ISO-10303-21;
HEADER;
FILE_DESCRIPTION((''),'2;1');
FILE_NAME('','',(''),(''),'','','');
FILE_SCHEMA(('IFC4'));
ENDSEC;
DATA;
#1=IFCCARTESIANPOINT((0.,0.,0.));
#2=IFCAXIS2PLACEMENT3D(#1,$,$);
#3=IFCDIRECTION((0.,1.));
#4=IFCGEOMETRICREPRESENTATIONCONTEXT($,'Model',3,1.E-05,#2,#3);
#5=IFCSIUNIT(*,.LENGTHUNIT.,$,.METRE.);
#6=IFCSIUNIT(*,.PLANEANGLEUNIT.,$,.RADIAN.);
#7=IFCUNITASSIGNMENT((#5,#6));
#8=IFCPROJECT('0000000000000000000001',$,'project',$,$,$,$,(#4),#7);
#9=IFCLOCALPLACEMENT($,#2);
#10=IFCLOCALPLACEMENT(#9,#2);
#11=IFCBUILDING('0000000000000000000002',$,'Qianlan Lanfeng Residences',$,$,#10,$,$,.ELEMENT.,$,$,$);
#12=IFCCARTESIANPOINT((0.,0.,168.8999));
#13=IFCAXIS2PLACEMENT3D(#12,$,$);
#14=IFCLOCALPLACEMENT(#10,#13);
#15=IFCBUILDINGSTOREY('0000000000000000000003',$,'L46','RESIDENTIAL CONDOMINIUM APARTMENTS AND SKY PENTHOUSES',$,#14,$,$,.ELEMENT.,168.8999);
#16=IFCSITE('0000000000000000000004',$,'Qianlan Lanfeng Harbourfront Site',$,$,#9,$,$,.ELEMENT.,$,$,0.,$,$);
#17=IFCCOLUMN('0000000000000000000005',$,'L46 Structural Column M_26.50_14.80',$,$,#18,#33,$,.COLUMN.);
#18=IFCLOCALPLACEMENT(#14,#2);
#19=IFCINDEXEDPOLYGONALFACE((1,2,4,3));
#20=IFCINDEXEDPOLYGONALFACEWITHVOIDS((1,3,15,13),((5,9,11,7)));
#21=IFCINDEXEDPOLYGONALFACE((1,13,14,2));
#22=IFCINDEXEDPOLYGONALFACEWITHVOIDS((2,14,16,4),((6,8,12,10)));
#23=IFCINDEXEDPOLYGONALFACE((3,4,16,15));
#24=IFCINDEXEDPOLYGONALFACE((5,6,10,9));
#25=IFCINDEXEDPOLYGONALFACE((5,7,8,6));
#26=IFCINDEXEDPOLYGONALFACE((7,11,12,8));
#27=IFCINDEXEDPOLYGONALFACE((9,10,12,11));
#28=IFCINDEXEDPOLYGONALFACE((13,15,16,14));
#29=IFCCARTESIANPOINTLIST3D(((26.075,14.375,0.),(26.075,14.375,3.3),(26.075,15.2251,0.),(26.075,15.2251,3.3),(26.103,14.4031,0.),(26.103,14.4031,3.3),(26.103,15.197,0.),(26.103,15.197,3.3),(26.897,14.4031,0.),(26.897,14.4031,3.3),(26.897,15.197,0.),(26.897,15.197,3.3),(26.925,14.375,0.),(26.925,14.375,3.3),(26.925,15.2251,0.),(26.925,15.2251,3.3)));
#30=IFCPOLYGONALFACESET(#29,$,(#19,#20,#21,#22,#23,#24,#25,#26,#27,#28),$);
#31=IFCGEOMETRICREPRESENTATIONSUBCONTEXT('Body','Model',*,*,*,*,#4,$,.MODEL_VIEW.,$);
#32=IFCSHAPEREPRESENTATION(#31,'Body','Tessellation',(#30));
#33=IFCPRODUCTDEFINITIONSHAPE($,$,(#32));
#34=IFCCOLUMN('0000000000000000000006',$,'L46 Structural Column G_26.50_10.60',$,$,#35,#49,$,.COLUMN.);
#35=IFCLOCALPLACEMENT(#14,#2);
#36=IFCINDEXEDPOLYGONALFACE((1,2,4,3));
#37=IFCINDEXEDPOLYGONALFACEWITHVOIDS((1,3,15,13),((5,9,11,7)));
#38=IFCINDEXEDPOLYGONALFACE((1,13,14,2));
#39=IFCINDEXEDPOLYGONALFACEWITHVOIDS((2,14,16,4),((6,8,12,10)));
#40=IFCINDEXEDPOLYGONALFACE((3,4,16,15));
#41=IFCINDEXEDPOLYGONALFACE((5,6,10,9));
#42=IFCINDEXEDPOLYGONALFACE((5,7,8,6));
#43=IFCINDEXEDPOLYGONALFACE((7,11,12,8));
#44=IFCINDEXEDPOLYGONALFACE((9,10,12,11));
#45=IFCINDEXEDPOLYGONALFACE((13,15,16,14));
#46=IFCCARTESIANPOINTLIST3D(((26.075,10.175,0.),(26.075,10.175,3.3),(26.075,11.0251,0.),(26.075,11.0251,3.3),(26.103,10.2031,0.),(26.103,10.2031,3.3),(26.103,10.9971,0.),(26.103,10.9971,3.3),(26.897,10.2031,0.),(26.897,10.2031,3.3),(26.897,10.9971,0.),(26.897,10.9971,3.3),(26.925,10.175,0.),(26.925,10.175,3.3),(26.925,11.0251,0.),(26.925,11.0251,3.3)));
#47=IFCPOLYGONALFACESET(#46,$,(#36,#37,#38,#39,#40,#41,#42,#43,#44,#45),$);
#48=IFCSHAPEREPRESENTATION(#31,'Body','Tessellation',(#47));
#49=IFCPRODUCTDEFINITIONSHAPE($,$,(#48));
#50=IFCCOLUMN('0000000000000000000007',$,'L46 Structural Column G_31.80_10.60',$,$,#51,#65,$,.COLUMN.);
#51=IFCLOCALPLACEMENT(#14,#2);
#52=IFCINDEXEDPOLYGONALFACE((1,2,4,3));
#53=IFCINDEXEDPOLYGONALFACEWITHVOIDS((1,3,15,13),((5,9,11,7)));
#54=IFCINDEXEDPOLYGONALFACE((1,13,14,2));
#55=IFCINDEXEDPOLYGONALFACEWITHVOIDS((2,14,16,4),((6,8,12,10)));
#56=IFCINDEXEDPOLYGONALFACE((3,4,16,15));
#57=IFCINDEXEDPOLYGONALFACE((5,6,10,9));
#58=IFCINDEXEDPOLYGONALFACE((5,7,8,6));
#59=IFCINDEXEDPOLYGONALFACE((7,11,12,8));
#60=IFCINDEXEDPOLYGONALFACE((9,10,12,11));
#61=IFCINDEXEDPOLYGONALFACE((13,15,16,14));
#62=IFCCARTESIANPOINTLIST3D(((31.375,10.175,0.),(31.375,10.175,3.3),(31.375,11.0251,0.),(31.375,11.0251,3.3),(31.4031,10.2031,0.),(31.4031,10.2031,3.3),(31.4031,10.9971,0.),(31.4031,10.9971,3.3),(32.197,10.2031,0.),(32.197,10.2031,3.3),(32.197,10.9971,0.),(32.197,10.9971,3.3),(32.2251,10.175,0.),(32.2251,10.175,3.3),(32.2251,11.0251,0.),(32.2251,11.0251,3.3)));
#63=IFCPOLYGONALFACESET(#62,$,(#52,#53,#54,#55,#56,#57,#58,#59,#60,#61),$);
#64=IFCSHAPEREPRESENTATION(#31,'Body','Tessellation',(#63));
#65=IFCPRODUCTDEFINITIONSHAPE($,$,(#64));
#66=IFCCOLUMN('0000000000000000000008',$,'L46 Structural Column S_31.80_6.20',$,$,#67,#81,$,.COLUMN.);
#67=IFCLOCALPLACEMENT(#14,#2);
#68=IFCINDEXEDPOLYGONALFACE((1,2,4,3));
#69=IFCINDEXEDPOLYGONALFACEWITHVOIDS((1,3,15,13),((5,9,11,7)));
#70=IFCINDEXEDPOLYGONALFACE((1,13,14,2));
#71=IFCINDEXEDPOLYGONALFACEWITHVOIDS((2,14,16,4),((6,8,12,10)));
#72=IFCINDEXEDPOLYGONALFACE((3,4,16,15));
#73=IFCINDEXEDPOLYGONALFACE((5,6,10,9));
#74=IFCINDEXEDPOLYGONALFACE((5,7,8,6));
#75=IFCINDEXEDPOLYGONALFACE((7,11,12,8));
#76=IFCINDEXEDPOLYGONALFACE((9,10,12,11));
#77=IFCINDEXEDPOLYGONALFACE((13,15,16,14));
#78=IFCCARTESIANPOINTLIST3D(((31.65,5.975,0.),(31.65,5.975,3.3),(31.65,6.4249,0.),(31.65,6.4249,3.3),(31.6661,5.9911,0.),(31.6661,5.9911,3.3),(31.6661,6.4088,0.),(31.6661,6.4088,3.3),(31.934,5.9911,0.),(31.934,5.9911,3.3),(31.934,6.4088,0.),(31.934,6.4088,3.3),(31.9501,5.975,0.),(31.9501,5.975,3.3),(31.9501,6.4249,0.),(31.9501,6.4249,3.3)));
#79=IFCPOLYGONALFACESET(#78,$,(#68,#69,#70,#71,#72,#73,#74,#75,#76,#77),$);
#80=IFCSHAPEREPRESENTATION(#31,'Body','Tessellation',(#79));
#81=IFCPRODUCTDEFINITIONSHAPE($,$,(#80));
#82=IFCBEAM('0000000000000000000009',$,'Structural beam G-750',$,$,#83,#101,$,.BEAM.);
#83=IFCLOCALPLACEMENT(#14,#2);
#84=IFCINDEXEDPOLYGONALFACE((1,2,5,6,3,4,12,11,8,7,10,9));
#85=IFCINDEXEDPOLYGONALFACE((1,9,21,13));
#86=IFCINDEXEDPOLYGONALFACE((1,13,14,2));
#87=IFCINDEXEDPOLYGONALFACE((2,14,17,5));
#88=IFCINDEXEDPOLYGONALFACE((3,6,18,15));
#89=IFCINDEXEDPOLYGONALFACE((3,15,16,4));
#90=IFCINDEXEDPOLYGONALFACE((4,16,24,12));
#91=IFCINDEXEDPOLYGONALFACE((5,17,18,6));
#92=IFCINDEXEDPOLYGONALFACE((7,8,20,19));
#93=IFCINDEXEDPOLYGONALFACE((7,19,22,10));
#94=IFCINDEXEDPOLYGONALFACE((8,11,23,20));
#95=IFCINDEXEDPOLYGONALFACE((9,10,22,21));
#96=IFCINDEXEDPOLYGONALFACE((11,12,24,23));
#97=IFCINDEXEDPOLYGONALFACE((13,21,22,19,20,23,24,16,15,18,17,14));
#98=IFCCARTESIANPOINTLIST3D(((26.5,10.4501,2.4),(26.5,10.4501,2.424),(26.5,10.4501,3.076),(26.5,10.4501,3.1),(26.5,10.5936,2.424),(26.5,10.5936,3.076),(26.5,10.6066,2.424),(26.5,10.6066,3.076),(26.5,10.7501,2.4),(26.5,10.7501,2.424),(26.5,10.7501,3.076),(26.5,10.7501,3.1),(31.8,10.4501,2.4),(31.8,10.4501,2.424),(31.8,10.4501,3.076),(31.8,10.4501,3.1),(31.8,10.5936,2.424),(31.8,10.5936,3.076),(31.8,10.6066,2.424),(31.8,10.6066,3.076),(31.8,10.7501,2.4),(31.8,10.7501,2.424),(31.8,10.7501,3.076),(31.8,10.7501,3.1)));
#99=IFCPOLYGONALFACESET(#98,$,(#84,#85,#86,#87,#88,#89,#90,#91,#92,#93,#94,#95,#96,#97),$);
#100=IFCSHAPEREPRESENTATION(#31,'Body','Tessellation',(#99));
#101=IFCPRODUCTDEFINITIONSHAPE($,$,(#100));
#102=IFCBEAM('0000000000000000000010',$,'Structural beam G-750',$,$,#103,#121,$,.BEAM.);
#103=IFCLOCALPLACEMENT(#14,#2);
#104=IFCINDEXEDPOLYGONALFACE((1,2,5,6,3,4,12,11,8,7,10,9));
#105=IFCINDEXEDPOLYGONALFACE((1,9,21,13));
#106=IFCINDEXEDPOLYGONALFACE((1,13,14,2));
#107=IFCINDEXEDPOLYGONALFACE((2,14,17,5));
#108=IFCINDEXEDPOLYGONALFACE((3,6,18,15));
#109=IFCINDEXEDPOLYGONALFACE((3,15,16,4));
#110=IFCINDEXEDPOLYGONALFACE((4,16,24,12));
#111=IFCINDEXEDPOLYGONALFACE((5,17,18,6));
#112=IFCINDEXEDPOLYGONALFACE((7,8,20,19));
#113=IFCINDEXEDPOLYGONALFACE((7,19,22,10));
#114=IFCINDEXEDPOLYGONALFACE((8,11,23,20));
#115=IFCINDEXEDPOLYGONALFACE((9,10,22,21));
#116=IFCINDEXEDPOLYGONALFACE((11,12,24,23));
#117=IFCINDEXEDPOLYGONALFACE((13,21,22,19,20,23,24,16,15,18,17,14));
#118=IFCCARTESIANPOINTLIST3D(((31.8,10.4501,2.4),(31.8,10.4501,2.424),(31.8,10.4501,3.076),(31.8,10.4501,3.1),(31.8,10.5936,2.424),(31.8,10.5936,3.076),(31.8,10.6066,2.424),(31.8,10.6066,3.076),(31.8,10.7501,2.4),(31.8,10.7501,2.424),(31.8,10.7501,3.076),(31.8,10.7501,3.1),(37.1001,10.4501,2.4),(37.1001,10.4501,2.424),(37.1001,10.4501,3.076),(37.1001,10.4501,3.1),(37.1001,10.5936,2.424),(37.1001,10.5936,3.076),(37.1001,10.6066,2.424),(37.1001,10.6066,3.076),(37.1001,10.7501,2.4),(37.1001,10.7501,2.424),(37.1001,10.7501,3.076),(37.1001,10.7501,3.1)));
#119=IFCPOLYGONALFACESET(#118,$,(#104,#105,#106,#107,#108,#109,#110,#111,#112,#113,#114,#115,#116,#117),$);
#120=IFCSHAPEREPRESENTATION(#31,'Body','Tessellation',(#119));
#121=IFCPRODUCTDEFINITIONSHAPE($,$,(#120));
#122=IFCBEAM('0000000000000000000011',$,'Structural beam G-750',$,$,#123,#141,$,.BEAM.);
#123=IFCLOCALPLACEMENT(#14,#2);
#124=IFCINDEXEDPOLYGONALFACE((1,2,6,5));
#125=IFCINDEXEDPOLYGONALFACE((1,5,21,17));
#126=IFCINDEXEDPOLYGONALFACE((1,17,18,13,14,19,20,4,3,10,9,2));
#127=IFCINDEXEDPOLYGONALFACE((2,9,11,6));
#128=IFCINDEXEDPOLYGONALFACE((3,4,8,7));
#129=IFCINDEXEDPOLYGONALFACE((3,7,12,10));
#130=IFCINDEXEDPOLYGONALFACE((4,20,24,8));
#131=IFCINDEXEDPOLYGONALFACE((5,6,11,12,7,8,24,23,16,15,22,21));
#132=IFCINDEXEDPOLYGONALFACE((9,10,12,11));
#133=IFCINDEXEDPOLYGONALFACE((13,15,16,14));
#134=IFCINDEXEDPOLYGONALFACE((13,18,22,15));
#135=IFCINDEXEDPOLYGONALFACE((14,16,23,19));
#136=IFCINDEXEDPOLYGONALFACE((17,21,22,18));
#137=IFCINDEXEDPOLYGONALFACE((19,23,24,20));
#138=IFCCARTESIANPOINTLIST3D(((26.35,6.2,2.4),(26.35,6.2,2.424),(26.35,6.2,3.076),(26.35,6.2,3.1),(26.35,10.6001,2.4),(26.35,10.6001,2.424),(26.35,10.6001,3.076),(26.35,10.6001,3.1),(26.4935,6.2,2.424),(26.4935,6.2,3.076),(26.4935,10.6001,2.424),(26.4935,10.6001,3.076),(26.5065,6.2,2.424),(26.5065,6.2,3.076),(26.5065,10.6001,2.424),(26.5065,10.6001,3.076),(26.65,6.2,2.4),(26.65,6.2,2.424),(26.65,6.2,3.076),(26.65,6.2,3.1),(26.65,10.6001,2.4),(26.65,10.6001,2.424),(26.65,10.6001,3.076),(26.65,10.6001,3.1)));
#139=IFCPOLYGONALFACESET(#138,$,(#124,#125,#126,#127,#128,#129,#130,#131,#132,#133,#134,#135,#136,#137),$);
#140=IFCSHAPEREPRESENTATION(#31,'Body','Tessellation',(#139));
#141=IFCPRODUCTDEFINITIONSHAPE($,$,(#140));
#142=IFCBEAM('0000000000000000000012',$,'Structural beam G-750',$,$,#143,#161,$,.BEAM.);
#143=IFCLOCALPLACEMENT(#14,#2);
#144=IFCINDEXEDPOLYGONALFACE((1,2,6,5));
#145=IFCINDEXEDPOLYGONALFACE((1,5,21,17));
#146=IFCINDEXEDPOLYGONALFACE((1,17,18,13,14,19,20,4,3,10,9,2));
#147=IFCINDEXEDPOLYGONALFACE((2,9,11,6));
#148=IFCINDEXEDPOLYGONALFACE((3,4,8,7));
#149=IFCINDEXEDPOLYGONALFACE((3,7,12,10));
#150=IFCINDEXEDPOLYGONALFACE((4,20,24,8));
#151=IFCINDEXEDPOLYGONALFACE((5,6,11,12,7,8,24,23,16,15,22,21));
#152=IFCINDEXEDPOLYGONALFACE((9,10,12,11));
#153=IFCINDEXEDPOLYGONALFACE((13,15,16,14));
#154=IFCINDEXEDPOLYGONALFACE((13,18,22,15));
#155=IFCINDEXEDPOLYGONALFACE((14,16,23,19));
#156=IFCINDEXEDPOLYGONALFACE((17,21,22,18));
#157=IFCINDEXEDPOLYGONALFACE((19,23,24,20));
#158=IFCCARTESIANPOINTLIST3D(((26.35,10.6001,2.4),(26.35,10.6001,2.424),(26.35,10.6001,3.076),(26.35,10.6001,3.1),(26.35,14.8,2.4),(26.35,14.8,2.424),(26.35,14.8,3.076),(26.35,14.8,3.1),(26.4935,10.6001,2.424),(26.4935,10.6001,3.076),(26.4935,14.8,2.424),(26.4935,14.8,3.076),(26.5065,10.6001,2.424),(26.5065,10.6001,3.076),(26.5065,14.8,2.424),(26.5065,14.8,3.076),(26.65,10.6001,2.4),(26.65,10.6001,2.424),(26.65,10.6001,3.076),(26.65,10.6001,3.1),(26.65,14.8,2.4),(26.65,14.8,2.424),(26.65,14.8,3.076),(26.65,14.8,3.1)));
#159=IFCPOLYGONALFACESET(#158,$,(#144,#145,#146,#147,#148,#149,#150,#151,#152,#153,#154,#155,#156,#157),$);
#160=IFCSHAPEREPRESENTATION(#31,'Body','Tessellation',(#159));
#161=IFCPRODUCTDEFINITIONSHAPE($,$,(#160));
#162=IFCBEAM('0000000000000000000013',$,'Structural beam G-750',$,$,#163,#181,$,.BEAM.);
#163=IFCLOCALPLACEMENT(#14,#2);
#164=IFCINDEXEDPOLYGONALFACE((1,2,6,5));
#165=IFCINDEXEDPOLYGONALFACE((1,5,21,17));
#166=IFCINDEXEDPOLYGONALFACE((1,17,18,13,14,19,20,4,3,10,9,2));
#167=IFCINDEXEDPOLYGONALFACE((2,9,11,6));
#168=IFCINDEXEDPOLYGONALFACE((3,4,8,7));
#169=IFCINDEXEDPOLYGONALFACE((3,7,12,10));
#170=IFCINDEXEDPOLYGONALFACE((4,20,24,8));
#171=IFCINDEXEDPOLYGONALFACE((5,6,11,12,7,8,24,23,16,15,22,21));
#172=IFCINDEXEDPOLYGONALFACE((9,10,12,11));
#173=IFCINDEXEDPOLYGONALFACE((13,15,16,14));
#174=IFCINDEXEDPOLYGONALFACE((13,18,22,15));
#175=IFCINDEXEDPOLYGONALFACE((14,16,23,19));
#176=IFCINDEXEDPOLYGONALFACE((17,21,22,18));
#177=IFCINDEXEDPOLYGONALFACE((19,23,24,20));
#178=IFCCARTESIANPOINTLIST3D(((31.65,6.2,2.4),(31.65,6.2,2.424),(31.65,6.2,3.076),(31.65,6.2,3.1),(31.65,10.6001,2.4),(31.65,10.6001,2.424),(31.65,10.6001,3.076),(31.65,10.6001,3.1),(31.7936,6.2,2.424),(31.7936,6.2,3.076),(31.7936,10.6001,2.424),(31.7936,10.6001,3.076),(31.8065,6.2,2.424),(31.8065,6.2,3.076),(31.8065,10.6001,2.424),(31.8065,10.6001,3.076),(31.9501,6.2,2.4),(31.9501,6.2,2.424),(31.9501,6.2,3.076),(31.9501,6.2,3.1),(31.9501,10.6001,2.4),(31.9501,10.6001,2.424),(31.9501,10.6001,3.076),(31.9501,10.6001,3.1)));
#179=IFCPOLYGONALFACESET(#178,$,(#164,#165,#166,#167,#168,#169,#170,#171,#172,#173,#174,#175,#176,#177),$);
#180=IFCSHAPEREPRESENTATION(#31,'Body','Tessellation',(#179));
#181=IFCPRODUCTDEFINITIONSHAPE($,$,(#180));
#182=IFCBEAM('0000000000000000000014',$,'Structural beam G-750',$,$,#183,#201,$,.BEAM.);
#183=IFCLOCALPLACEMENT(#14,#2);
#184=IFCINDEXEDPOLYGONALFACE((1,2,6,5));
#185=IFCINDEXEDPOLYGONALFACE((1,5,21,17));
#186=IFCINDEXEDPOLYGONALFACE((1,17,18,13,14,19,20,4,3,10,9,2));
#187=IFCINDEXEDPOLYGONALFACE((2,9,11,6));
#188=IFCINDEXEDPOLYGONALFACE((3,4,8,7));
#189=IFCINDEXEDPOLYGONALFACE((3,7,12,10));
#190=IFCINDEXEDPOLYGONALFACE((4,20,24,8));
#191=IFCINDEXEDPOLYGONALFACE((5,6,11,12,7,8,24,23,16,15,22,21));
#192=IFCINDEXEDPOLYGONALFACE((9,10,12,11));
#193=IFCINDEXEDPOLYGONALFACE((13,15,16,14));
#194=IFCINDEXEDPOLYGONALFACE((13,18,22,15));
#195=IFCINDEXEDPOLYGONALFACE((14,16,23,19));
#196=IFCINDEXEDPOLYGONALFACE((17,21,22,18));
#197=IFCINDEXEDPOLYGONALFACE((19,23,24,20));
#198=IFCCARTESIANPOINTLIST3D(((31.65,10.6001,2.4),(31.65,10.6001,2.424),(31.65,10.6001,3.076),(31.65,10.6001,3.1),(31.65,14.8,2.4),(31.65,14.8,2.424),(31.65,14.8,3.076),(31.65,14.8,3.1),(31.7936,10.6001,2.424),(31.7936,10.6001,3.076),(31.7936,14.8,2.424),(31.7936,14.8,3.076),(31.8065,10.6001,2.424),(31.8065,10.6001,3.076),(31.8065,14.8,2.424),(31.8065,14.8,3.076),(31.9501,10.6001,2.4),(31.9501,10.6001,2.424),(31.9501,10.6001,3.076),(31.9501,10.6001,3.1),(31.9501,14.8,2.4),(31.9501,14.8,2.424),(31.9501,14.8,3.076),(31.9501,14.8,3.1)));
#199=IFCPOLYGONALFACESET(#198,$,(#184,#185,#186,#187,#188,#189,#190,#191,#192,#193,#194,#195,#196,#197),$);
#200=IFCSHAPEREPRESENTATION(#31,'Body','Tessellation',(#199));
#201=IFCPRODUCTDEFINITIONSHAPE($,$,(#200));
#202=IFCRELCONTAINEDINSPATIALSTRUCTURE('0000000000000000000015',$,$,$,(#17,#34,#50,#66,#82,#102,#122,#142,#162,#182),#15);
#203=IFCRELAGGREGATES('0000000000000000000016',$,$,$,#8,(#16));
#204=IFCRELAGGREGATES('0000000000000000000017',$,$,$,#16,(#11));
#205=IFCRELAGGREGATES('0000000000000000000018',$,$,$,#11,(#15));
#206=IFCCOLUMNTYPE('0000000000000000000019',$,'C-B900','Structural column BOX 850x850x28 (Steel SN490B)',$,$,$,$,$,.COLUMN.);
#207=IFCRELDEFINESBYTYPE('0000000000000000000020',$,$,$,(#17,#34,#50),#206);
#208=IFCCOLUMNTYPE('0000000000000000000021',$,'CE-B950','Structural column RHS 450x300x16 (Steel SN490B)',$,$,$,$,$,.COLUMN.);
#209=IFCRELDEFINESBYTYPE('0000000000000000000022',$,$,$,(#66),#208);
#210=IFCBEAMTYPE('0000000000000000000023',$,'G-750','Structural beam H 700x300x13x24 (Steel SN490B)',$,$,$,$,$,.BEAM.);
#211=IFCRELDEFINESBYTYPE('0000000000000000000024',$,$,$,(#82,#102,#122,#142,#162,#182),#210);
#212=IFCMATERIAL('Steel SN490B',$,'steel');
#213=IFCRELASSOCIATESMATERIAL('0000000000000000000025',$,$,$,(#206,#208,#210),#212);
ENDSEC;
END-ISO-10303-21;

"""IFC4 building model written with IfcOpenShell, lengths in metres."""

from ifc_helpers import new_model, si_unit, direction, frame, origin, origin_2d, place, context, subcontext, project, spatial, hollow_rectangle, i_section, extrude, material, material_profile, profile_set, type_object, element, save


model = new_model("IFC4")

# Units and contexts
model_context = context("Model", 3, precision=1e-05, world=origin(), true_north=direction((0.0, 1.0)))
body_context = subcontext(model_context, "Body", "Model", "MODEL_VIEW")
ifc_project = project(units=[si_unit("LENGTHUNIT", "METRE"), si_unit("PLANEANGLEUNIT", "RADIAN")], contexts=[model_context])

# Site, building, storey
site_placement = place(None, origin())
site = spatial("IfcSite", under=ifc_project, at=site_placement, Name="Qianlan Lanfeng Harbourfront Site", CompositionType="ELEMENT", RefElevation=0.0)
building_placement = place(site_placement, origin())
building = spatial("IfcBuilding", under=site, at=building_placement, Name="Qianlan Lanfeng Residences", CompositionType="ELEMENT")
storey_placement = place(building_placement, frame((0.0, 0.0, 168.8999)))
storey = spatial("IfcBuildingStorey", under=building, at=storey_placement, Name="L46", Description="RESIDENTIAL CONDOMINIUM APARTMENTS AND SKY PENTHOUSES", CompositionType="ELEMENT", Elevation=168.8999)

# Columns
ifc_material_1 = material(Name="Steel SN490B", Category="steel")
ifc_material_profile_1 = material_profile(ifc_material_1, hollow_rectangle(XDim=0.8501, YDim=0.8501, WallThickness=0.0281, at=origin_2d()), Name="BOX 850x850x28")
ifc_profile_set_1 = profile_set([ifc_material_profile_1], Name="Steel SN490B")
column_type_1 = type_object("IfcColumnType", Name="C-B900", Description="Structural column BOX 850x850x28 (Steel SN490B)", PredefinedType="COLUMN", material=ifc_profile_set_1)
for number, where, z_axis, x_axis, name in (
    (1, (26.5, 14.8, 0.0), (0.0, 0.0, 1.0), (1.0, 0.0, 0.0), "L46 Structural Column M_26.50_14.80"),
    (2, (26.5, 10.6001, 0.0), (0.0, 0.0, 1.0), (1.0, 0.0, 0.0), "L46 Structural Column G_26.50_10.60"),
    (3, (31.8, 10.6001, 0.0), (0.0, 0.0, 1.0), (1.0, 0.0, 0.0), "L46 Structural Column G_31.80_10.60"),
):
    element("IfcColumn", number, at=place(storey_placement, frame(where, z_axis=z_axis, x_axis=x_axis)), inside=storey, type_object=column_type_1, Name=name, PredefinedType="COLUMN", context=body_context, shape_type="SweptSolid", body=[
        extrude(hollow_rectangle(XDim=0.8501, YDim=0.8501, WallThickness=0.0281, at=origin_2d()), origin(), (0.0, 0.0, 1.0), 3.3),
    ])
ifc_material_profile_2 = material_profile(ifc_material_1, hollow_rectangle(XDim=0.3, YDim=0.45, WallThickness=0.0161, at=origin_2d()), Name="RHS 450x300x16")
ifc_profile_set_2 = profile_set([ifc_material_profile_2], Name="Steel SN490B")
column_type_2 = type_object("IfcColumnType", Name="CE-B950", Description="Structural column RHS 450x300x16 (Steel SN490B)", PredefinedType="COLUMN", material=ifc_profile_set_2)
column_placement = place(storey_placement, frame((31.8, 6.2, 0.0), z_axis=(0.0, 0.0, 1.0), x_axis=(1.0, 0.0, 0.0)))
element("IfcColumn", 4, at=column_placement, inside=storey, type_object=column_type_2, Name="L46 Structural Column S_31.80_6.20", PredefinedType="COLUMN", context=body_context, shape_type="SweptSolid", body=[
    extrude(hollow_rectangle(XDim=0.3, YDim=0.45, WallThickness=0.0161, at=origin_2d()), origin(), (0.0, 0.0, 1.0), 3.3),
])

# Beams
ifc_material_profile_3 = material_profile(ifc_material_1, i_section(OverallWidth=0.3, OverallDepth=0.7, WebThickness=0.0129, FlangeThickness=0.0239, at=origin_2d()), Name="H 700x300x13x24")
ifc_profile_set_3 = profile_set([ifc_material_profile_3], Name="Steel SN490B")
beam_type_1 = type_object("IfcBeamType", Name="G-750", Description="Structural beam H 700x300x13x24 (Steel SN490B)", PredefinedType="BEAM", material=ifc_profile_set_3)
for number, where, z_axis, x_axis, name in (
    (5, (26.5, 10.6001, 2.75), (1.0, 0.0, 0.0), (0.0, 1.0, 0.0), "Structural beam G-750"),
    (6, (31.8, 10.6001, 2.75), (1.0, 0.0, 0.0), (0.0, 1.0, 0.0), "Structural beam G-750"),
):
    element("IfcBeam", number, at=place(storey_placement, frame(where, z_axis=z_axis, x_axis=x_axis)), inside=storey, type_object=beam_type_1, Name=name, PredefinedType="BEAM", context=body_context, shape_type="SweptSolid", body=[
        extrude(i_section(OverallWidth=0.3, OverallDepth=0.7, WebThickness=0.0129, FlangeThickness=0.0239, at=origin_2d()), origin(), (0.0, 0.0, 1.0), 5.3),
    ])
beam_1_placement = place(storey_placement, frame((26.5, 6.2, 2.75), z_axis=(0.0, 1.0, 0.0), x_axis=(-1.0, 0.0, 0.0)))
element("IfcBeam", 7, at=beam_1_placement, inside=storey, type_object=beam_type_1, Name="Structural beam G-750", PredefinedType="BEAM", context=body_context, shape_type="SweptSolid", body=[
    extrude(i_section(OverallWidth=0.3, OverallDepth=0.7, WebThickness=0.0129, FlangeThickness=0.0239, at=origin_2d()), origin(), (0.0, 0.0, 1.0), 4.4001),
])
beam_2_placement = place(storey_placement, frame((26.5, 10.6001, 2.75), z_axis=(0.0, 1.0, 0.0), x_axis=(-1.0, 0.0, 0.0)))
element("IfcBeam", 8, at=beam_2_placement, inside=storey, type_object=beam_type_1, Name="Structural beam G-750", PredefinedType="BEAM", context=body_context, shape_type="SweptSolid", body=[
    extrude(i_section(OverallWidth=0.3, OverallDepth=0.7, WebThickness=0.0129, FlangeThickness=0.0239, at=origin_2d()), origin(), (0.0, 0.0, 1.0), 4.2),
])
beam_3_placement = place(storey_placement, frame((31.8, 6.2, 2.75), z_axis=(0.0, 1.0, 0.0), x_axis=(-1.0, 0.0, 0.0)))
element("IfcBeam", 9, at=beam_3_placement, inside=storey, type_object=beam_type_1, Name="Structural beam G-750", PredefinedType="BEAM", context=body_context, shape_type="SweptSolid", body=[
    extrude(i_section(OverallWidth=0.3, OverallDepth=0.7, WebThickness=0.0129, FlangeThickness=0.0239, at=origin_2d()), origin(), (0.0, 0.0, 1.0), 4.4001),
])
beam_4_placement = place(storey_placement, frame((31.8, 10.6001, 2.75), z_axis=(0.0, 1.0, 0.0), x_axis=(-1.0, 0.0, 0.0)))
element("IfcBeam", 10, at=beam_4_placement, inside=storey, type_object=beam_type_1, Name="Structural beam G-750", PredefinedType="BEAM", context=body_context, shape_type="SweptSolid", body=[
    extrude(i_section(OverallWidth=0.3, OverallDepth=0.7, WebThickness=0.0129, FlangeThickness=0.0239, at=origin_2d()), origin(), (0.0, 0.0, 1.0), 4.2),
])

save(model, "model.ifc")
